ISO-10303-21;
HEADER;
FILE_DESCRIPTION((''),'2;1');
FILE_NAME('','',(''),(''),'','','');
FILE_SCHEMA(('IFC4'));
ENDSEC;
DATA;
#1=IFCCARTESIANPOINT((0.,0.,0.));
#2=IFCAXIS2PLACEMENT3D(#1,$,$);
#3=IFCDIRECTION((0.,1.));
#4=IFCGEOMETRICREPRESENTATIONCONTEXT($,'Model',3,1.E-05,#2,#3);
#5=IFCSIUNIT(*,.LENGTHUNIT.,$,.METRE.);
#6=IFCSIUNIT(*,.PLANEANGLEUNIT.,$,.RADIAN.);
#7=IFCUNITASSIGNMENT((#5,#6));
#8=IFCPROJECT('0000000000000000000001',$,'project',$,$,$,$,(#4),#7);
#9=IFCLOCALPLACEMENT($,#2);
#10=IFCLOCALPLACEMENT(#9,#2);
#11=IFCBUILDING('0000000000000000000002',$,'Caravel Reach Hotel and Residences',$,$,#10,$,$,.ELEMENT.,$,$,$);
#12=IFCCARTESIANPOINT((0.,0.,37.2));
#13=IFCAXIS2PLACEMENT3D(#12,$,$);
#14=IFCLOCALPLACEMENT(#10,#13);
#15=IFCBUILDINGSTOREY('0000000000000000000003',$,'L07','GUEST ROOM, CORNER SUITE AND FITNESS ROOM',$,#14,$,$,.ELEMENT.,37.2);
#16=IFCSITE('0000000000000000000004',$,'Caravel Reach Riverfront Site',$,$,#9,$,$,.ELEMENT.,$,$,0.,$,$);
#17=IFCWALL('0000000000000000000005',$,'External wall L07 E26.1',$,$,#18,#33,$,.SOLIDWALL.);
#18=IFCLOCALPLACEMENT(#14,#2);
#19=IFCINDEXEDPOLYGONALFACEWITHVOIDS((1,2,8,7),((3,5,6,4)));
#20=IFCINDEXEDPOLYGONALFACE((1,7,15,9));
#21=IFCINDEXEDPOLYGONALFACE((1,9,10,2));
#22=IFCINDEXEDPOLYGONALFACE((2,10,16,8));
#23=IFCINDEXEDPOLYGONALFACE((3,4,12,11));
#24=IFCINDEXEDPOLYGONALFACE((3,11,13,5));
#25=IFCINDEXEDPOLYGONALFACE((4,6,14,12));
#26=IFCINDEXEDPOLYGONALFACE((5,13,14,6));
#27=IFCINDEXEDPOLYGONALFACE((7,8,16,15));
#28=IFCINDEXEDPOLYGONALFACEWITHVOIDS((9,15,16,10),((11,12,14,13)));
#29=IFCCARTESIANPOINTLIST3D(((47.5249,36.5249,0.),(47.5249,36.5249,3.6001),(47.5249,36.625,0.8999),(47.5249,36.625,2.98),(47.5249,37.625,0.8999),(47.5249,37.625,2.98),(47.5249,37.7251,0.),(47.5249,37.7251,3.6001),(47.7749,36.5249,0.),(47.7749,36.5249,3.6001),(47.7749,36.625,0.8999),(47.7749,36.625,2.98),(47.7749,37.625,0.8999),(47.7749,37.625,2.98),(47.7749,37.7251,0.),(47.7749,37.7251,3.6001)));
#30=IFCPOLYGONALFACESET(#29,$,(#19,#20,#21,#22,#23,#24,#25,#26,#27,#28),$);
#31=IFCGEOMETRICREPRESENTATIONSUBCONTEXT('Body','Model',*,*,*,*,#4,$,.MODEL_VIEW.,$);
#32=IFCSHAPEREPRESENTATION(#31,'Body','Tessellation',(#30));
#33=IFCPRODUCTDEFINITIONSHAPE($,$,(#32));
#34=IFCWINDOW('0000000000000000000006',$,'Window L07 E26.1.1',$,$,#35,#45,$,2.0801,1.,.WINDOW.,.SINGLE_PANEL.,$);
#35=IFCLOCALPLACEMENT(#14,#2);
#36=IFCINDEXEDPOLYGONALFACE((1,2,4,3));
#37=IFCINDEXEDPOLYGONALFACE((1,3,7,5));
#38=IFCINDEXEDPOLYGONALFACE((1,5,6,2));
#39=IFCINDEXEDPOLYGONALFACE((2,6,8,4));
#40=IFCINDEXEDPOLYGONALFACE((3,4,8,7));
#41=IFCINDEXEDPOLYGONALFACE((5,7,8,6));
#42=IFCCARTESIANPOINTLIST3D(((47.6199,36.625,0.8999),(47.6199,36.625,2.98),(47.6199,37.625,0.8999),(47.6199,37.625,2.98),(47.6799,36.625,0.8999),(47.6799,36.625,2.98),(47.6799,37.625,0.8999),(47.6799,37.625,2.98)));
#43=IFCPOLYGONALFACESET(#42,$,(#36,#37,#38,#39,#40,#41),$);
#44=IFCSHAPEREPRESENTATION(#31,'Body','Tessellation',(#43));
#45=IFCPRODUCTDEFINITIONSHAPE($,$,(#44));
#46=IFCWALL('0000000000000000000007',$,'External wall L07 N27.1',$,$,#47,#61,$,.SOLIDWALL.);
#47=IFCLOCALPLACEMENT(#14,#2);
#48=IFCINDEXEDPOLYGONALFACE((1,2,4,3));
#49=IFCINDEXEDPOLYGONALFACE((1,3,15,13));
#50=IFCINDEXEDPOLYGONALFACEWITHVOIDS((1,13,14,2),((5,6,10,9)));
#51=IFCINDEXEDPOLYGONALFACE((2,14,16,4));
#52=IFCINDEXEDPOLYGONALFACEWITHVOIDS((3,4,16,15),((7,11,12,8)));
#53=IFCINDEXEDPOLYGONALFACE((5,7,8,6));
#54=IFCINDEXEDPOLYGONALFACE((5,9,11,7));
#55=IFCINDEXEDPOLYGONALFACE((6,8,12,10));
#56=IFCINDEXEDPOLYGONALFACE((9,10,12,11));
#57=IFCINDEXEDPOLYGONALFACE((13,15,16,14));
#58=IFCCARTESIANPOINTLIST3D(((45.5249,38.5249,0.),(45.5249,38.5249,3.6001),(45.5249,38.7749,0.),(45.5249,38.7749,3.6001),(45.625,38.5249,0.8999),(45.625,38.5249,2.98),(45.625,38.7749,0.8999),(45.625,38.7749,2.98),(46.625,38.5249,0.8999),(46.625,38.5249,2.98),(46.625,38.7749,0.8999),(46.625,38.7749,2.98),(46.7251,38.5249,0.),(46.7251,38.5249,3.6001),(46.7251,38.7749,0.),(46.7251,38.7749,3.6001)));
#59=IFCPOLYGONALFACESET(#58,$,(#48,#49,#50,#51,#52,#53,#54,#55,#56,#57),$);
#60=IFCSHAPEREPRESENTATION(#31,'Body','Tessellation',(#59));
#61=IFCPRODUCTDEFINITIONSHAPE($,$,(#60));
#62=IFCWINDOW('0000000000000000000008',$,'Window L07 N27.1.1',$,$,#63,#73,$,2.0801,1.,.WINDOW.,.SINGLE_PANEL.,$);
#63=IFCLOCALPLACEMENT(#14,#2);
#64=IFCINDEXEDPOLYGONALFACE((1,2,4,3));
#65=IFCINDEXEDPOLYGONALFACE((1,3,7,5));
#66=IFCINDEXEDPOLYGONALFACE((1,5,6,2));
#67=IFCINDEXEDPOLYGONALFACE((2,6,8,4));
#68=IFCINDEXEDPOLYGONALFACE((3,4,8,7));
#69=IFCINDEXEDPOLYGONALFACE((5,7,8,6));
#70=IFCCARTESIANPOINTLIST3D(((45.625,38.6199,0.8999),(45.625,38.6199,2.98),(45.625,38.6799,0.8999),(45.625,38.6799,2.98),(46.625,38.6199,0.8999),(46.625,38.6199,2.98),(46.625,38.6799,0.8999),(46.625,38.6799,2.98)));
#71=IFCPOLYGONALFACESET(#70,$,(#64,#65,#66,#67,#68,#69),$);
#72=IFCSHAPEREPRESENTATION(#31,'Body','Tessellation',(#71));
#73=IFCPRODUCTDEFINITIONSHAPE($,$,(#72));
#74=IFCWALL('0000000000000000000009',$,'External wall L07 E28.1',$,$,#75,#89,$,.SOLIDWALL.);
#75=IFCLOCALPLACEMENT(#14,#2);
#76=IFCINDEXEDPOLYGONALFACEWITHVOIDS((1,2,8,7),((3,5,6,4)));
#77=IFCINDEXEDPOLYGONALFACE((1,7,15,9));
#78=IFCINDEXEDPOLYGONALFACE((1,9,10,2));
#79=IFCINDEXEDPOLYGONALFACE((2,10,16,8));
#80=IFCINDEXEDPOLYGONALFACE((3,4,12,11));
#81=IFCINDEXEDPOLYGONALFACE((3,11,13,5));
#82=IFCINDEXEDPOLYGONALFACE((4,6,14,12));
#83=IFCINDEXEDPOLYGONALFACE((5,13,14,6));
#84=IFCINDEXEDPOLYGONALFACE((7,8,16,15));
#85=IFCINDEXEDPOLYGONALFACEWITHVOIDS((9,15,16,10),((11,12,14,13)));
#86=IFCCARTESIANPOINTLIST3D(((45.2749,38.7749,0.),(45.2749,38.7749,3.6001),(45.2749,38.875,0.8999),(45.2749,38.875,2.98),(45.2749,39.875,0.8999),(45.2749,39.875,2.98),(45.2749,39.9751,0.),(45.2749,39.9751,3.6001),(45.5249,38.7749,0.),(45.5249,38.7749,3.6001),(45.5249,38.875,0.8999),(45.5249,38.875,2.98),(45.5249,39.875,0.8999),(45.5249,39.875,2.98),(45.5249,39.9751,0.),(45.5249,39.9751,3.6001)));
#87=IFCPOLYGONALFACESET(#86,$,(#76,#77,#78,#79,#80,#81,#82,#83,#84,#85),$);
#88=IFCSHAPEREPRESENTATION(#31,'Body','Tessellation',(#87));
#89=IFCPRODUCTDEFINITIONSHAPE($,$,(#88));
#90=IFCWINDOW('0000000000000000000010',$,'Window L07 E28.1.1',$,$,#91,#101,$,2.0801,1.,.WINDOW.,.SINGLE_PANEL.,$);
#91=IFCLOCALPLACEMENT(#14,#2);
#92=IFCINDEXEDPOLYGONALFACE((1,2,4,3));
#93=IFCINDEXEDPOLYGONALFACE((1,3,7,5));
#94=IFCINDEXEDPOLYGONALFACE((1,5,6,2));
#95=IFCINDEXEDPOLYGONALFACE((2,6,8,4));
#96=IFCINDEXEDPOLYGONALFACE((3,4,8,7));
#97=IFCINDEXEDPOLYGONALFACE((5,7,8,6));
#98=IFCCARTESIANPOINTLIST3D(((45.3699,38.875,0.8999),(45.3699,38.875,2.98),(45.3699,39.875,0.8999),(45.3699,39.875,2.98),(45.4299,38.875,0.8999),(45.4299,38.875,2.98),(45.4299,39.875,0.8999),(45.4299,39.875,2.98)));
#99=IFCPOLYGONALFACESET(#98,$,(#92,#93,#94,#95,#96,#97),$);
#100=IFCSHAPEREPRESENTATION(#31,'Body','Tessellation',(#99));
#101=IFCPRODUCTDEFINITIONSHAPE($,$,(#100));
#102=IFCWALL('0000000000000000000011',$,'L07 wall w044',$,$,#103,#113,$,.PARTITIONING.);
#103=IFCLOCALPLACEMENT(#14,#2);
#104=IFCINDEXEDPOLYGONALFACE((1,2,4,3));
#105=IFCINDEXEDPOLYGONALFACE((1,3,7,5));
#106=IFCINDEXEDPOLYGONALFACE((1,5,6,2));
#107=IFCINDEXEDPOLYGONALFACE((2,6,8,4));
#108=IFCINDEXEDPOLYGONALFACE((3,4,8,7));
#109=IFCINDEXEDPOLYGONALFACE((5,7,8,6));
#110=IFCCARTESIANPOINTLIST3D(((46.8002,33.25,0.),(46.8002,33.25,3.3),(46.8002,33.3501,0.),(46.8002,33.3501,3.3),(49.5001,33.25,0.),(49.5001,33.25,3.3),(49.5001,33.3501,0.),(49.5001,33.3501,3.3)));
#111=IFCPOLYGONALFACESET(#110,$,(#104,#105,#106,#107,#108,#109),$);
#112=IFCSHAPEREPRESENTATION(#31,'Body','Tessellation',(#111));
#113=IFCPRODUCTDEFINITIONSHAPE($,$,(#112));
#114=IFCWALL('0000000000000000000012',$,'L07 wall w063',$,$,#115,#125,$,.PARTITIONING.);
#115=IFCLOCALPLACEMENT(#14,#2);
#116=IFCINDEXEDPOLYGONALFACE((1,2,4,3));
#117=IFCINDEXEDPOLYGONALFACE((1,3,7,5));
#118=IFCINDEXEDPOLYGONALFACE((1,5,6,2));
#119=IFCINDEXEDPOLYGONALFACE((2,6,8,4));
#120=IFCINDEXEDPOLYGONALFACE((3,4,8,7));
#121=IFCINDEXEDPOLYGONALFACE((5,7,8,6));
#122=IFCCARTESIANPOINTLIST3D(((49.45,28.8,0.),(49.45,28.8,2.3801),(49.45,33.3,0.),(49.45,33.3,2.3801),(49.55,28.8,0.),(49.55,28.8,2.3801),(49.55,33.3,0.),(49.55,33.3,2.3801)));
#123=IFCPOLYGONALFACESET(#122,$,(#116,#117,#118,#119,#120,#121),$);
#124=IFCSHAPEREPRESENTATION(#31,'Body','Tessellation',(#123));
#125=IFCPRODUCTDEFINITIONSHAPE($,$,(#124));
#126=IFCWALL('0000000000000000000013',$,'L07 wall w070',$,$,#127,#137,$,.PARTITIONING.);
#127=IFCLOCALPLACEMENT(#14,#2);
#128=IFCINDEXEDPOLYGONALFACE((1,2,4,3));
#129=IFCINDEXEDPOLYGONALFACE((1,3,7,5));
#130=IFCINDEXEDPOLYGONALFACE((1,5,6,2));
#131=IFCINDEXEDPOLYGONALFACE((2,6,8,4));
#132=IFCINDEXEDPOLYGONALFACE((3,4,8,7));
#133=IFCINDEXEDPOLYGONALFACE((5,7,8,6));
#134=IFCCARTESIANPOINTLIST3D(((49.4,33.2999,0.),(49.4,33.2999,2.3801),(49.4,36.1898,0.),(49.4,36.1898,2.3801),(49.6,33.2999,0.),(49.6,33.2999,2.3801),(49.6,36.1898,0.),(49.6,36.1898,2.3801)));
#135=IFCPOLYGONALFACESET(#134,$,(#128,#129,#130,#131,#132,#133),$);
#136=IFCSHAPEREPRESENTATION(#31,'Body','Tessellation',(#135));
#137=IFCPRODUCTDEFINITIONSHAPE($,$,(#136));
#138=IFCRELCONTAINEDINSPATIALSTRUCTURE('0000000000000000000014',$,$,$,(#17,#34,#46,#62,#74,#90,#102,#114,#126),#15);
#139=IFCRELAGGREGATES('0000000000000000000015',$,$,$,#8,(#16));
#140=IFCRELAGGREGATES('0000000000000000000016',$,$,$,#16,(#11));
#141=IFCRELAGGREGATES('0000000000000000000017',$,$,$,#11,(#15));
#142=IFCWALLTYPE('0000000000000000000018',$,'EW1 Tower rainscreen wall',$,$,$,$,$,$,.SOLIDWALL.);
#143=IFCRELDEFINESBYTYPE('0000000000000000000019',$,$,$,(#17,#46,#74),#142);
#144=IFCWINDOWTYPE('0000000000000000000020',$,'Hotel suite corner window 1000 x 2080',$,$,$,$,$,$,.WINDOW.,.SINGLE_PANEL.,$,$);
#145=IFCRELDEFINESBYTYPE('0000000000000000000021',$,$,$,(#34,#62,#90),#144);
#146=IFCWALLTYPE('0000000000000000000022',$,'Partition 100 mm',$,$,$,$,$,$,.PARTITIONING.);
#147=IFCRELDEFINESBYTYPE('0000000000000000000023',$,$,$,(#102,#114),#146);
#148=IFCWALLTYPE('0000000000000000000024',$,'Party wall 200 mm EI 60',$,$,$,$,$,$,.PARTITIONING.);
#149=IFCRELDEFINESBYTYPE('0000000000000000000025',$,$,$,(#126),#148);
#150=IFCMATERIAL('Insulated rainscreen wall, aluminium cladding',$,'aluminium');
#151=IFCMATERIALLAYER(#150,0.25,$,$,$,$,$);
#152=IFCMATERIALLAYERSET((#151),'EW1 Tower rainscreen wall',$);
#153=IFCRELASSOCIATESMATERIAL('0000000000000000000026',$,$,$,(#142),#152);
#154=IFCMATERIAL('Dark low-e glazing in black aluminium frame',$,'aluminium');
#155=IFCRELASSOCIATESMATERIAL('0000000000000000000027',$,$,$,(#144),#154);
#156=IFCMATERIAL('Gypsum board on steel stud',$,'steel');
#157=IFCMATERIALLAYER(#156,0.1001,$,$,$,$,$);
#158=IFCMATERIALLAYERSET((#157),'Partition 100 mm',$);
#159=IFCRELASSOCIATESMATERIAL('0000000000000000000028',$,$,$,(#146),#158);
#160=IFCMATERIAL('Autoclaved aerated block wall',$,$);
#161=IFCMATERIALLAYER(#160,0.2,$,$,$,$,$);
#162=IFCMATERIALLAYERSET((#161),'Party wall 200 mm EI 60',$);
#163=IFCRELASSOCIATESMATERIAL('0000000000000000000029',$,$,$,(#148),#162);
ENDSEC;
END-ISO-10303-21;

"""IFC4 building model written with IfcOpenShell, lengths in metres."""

from ifc_helpers import new_model, si_unit, direction, frame, frame_2d, origin, place, context, subcontext, project, spatial, rectangle, extrude, material, layer, layer_set, type_object, element, fill, save


model = new_model("IFC4")

# Units and contexts
model_context = context("Model", 3, precision=1e-05, world=origin(), true_north=direction((0.0, 1.0)))
body_context = subcontext(model_context, "Body", "Model", "MODEL_VIEW")
ifc_project = project(units=[si_unit("LENGTHUNIT", "METRE"), si_unit("PLANEANGLEUNIT", "RADIAN")], contexts=[model_context])

# Site, building, storey
site_placement = place(None, origin())
site = spatial("IfcSite", under=ifc_project, at=site_placement, Name="Caravel Reach Riverfront Site", CompositionType="ELEMENT", RefElevation=0.0)
building_placement = place(site_placement, origin())
building = spatial("IfcBuilding", under=site, at=building_placement, Name="Caravel Reach Hotel and Residences", CompositionType="ELEMENT")
storey_placement = place(building_placement, frame((0.0, 0.0, 37.2)))
storey = spatial("IfcBuildingStorey", under=building, at=storey_placement, Name="L07", Description="GUEST ROOM, CORNER SUITE AND FITNESS ROOM", CompositionType="ELEMENT", Elevation=37.2)

# Walls, openings, windows
ifc_material_1 = material(Name="Insulated rainscreen wall, aluminium cladding", Category="aluminium")
ifc_layer_1 = layer(ifc_material_1, 0.25)
ifc_layer_set_1 = layer_set([ifc_layer_1], Name="EW1 Tower rainscreen wall")
wall_type_1 = type_object("IfcWallType", Name="EW1 Tower rainscreen wall", PredefinedType="SOLIDWALL", material=ifc_layer_set_1)
ifc_material_2 = material(Name="Dark low-e glazing in black aluminium frame", Category="aluminium")
window_type = type_object("IfcWindowType", Name="Hotel suite corner window 1000 x 2080", PartitioningType="SINGLE_PANEL", PredefinedType="WINDOW", material=ifc_material_2)
wall_1_placement = place(storey_placement, frame((47.6499, 36.5249, 0.0), z_axis=(0.0, 0.0, 1.0), x_axis=(0.0, 1.0, 0.0)))
wall_1 = element("IfcWall", 1, at=wall_1_placement, inside=storey, type_object=wall_type_1, Name="External wall L07 E26.1", PredefinedType="SOLIDWALL", context=body_context, shape_type="SweptSolid", body=[
    extrude(rectangle(XDim=1.2002, YDim=0.25, at=frame_2d((0.6001, 0.0))), origin(), (0.0, 0.0, 1.0), 3.6001),
])
opening_1_placement = place(wall_1_placement, frame((0.1001, 0.0, 0.8999)))
opening_1 = element("IfcOpeningElement", 2, at=opening_1_placement, cuts=wall_1, PredefinedType="OPENING", context=body_context, shape_type="SweptSolid", body=[
    extrude(rectangle(XDim=1.0, YDim=2.0801, at=frame_2d((0.5, 1.04))), frame((0.0, 0.135, 0.0), z_axis=(0.0, -1.0, 0.0), x_axis=(1.0, 0.0, 0.0)), (0.0, 0.0, 1.0), 0.27),
])
window_1_placement = place(opening_1_placement, origin())
window_1 = element("IfcWindow", 3, at=window_1_placement, inside=storey, type_object=window_type, Name="Window L07 E26.1.1", OverallHeight=2.0801, OverallWidth=1.0, PartitioningType="SINGLE_PANEL", PredefinedType="WINDOW", context=body_context, shape_type="SweptSolid", body=[
    extrude(rectangle(XDim=1.0, YDim=2.0801, at=frame_2d((0.5, 1.04))), frame((0.0, 0.03, 0.0), z_axis=(0.0, -1.0, 0.0), x_axis=(1.0, 0.0, 0.0)), (0.0, 0.0, 1.0), 0.0601),
])
fill(opening_1, window_1)
wall_2_placement = place(storey_placement, frame((46.7251, 38.6499, 0.0), z_axis=(0.0, 0.0, 1.0), x_axis=(-1.0, 0.0, 0.0)))
wall_2 = element("IfcWall", 4, at=wall_2_placement, inside=storey, type_object=wall_type_1, Name="External wall L07 N27.1", PredefinedType="SOLIDWALL", context=body_context, shape_type="SweptSolid", body=[
    extrude(rectangle(XDim=1.2002, YDim=0.25, at=frame_2d((0.6001, 0.0))), origin(), (0.0, 0.0, 1.0), 3.6001),
])
opening_2_placement = place(wall_2_placement, frame((0.1001, 0.0, 0.8999)))
opening_2 = element("IfcOpeningElement", 5, at=opening_2_placement, cuts=wall_2, PredefinedType="OPENING", context=body_context, shape_type="SweptSolid", body=[
    extrude(rectangle(XDim=1.0, YDim=2.0801, at=frame_2d((0.5, 1.04))), frame((0.0, 0.135, 0.0), z_axis=(0.0, -1.0, 0.0), x_axis=(1.0, 0.0, 0.0)), (0.0, 0.0, 1.0), 0.27),
])
window_2_placement = place(opening_2_placement, origin())
window_2 = element("IfcWindow", 6, at=window_2_placement, inside=storey, type_object=window_type, Name="Window L07 N27.1.1", OverallHeight=2.0801, OverallWidth=1.0, PartitioningType="SINGLE_PANEL", PredefinedType="WINDOW", context=body_context, shape_type="SweptSolid", body=[
    extrude(rectangle(XDim=1.0, YDim=2.0801, at=frame_2d((0.5, 1.04))), frame((0.0, 0.03, 0.0), z_axis=(0.0, -1.0, 0.0), x_axis=(1.0, 0.0, 0.0)), (0.0, 0.0, 1.0), 0.0601),
])
fill(opening_2, window_2)
wall_3_placement = place(storey_placement, frame((45.3999, 38.7749, 0.0), z_axis=(0.0, 0.0, 1.0), x_axis=(0.0, 1.0, 0.0)))
wall_3 = element("IfcWall", 7, at=wall_3_placement, inside=storey, type_object=wall_type_1, Name="External wall L07 E28.1", PredefinedType="SOLIDWALL", context=body_context, shape_type="SweptSolid", body=[
    extrude(rectangle(XDim=1.2002, YDim=0.25, at=frame_2d((0.6001, 0.0))), origin(), (0.0, 0.0, 1.0), 3.6001),
])
opening_3_placement = place(wall_3_placement, frame((0.1001, 0.0, 0.8999)))
opening_3 = element("IfcOpeningElement", 8, at=opening_3_placement, cuts=wall_3, PredefinedType="OPENING", context=body_context, shape_type="SweptSolid", body=[
    extrude(rectangle(XDim=1.0, YDim=2.0801, at=frame_2d((0.5, 1.04))), frame((0.0, 0.135, 0.0), z_axis=(0.0, -1.0, 0.0), x_axis=(1.0, 0.0, 0.0)), (0.0, 0.0, 1.0), 0.27),
])
window_3_placement = place(opening_3_placement, origin())
window_3 = element("IfcWindow", 9, at=window_3_placement, inside=storey, type_object=window_type, Name="Window L07 E28.1.1", OverallHeight=2.0801, OverallWidth=1.0, PartitioningType="SINGLE_PANEL", PredefinedType="WINDOW", context=body_context, shape_type="SweptSolid", body=[
    extrude(rectangle(XDim=1.0, YDim=2.0801, at=frame_2d((0.5, 1.04))), frame((0.0, 0.03, 0.0), z_axis=(0.0, -1.0, 0.0), x_axis=(1.0, 0.0, 0.0)), (0.0, 0.0, 1.0), 0.0601),
])
fill(opening_3, window_3)

# Walls
ifc_material_3 = material(Name="Gypsum board on steel stud", Category="steel")
ifc_layer_2 = layer(ifc_material_3, 0.1001)
ifc_layer_set_2 = layer_set([ifc_layer_2], Name="Partition 100 mm")
wall_type_2 = type_object("IfcWallType", Name="Partition 100 mm", PredefinedType="PARTITIONING", material=ifc_layer_set_2)
wall_4_placement = place(storey_placement, frame((46.8, 33.3, 0.0), z_axis=(0.0, 0.0, 1.0), x_axis=(1.0, 0.0, 0.0)))
element("IfcWall", 10, at=wall_4_placement, inside=storey, type_object=wall_type_2, Name="L07 wall w044", PredefinedType="PARTITIONING", context=body_context, shape_type="SweptSolid", body=[
    extrude(rectangle(XDim=2.7, YDim=0.1001, at=frame_2d((1.3501, 0.0))), origin(), (0.0, 0.0, 1.0), 3.3),
])
wall_5_placement = place(storey_placement, frame((49.5, 28.8, 0.0), z_axis=(0.0, 0.0, 1.0), x_axis=(0.0, 1.0, 0.0)))
element("IfcWall", 11, at=wall_5_placement, inside=storey, type_object=wall_type_2, Name="L07 wall w063", PredefinedType="PARTITIONING", context=body_context, shape_type="SweptSolid", body=[
    extrude(rectangle(XDim=4.5, YDim=0.1001, at=frame_2d((2.25, 0.0))), origin(), (0.0, 0.0, 1.0), 2.3801),
])
ifc_material_4 = material(Name="Autoclaved aerated block wall")
ifc_layer_3 = layer(ifc_material_4, 0.2)
ifc_layer_set_3 = layer_set([ifc_layer_3], Name="Party wall 200 mm EI 60")
wall_type_3 = type_object("IfcWallType", Name="Party wall 200 mm EI 60", PredefinedType="PARTITIONING", material=ifc_layer_set_3)
wall_6_placement = place(storey_placement, frame((49.5, 33.3, 0.0), z_axis=(0.0, 0.0, 1.0), x_axis=(0.0, 1.0, 0.0)))
element("IfcWall", 12, at=wall_6_placement, inside=storey, type_object=wall_type_3, Name="L07 wall w070", PredefinedType="PARTITIONING", context=body_context, shape_type="SweptSolid", body=[
    extrude(rectangle(XDim=2.8899, YDim=0.2, at=frame_2d((1.4448, 0.0))), origin(), (0.0, 0.0, 1.0), 2.3801),
])

save(model, "model.ifc")
